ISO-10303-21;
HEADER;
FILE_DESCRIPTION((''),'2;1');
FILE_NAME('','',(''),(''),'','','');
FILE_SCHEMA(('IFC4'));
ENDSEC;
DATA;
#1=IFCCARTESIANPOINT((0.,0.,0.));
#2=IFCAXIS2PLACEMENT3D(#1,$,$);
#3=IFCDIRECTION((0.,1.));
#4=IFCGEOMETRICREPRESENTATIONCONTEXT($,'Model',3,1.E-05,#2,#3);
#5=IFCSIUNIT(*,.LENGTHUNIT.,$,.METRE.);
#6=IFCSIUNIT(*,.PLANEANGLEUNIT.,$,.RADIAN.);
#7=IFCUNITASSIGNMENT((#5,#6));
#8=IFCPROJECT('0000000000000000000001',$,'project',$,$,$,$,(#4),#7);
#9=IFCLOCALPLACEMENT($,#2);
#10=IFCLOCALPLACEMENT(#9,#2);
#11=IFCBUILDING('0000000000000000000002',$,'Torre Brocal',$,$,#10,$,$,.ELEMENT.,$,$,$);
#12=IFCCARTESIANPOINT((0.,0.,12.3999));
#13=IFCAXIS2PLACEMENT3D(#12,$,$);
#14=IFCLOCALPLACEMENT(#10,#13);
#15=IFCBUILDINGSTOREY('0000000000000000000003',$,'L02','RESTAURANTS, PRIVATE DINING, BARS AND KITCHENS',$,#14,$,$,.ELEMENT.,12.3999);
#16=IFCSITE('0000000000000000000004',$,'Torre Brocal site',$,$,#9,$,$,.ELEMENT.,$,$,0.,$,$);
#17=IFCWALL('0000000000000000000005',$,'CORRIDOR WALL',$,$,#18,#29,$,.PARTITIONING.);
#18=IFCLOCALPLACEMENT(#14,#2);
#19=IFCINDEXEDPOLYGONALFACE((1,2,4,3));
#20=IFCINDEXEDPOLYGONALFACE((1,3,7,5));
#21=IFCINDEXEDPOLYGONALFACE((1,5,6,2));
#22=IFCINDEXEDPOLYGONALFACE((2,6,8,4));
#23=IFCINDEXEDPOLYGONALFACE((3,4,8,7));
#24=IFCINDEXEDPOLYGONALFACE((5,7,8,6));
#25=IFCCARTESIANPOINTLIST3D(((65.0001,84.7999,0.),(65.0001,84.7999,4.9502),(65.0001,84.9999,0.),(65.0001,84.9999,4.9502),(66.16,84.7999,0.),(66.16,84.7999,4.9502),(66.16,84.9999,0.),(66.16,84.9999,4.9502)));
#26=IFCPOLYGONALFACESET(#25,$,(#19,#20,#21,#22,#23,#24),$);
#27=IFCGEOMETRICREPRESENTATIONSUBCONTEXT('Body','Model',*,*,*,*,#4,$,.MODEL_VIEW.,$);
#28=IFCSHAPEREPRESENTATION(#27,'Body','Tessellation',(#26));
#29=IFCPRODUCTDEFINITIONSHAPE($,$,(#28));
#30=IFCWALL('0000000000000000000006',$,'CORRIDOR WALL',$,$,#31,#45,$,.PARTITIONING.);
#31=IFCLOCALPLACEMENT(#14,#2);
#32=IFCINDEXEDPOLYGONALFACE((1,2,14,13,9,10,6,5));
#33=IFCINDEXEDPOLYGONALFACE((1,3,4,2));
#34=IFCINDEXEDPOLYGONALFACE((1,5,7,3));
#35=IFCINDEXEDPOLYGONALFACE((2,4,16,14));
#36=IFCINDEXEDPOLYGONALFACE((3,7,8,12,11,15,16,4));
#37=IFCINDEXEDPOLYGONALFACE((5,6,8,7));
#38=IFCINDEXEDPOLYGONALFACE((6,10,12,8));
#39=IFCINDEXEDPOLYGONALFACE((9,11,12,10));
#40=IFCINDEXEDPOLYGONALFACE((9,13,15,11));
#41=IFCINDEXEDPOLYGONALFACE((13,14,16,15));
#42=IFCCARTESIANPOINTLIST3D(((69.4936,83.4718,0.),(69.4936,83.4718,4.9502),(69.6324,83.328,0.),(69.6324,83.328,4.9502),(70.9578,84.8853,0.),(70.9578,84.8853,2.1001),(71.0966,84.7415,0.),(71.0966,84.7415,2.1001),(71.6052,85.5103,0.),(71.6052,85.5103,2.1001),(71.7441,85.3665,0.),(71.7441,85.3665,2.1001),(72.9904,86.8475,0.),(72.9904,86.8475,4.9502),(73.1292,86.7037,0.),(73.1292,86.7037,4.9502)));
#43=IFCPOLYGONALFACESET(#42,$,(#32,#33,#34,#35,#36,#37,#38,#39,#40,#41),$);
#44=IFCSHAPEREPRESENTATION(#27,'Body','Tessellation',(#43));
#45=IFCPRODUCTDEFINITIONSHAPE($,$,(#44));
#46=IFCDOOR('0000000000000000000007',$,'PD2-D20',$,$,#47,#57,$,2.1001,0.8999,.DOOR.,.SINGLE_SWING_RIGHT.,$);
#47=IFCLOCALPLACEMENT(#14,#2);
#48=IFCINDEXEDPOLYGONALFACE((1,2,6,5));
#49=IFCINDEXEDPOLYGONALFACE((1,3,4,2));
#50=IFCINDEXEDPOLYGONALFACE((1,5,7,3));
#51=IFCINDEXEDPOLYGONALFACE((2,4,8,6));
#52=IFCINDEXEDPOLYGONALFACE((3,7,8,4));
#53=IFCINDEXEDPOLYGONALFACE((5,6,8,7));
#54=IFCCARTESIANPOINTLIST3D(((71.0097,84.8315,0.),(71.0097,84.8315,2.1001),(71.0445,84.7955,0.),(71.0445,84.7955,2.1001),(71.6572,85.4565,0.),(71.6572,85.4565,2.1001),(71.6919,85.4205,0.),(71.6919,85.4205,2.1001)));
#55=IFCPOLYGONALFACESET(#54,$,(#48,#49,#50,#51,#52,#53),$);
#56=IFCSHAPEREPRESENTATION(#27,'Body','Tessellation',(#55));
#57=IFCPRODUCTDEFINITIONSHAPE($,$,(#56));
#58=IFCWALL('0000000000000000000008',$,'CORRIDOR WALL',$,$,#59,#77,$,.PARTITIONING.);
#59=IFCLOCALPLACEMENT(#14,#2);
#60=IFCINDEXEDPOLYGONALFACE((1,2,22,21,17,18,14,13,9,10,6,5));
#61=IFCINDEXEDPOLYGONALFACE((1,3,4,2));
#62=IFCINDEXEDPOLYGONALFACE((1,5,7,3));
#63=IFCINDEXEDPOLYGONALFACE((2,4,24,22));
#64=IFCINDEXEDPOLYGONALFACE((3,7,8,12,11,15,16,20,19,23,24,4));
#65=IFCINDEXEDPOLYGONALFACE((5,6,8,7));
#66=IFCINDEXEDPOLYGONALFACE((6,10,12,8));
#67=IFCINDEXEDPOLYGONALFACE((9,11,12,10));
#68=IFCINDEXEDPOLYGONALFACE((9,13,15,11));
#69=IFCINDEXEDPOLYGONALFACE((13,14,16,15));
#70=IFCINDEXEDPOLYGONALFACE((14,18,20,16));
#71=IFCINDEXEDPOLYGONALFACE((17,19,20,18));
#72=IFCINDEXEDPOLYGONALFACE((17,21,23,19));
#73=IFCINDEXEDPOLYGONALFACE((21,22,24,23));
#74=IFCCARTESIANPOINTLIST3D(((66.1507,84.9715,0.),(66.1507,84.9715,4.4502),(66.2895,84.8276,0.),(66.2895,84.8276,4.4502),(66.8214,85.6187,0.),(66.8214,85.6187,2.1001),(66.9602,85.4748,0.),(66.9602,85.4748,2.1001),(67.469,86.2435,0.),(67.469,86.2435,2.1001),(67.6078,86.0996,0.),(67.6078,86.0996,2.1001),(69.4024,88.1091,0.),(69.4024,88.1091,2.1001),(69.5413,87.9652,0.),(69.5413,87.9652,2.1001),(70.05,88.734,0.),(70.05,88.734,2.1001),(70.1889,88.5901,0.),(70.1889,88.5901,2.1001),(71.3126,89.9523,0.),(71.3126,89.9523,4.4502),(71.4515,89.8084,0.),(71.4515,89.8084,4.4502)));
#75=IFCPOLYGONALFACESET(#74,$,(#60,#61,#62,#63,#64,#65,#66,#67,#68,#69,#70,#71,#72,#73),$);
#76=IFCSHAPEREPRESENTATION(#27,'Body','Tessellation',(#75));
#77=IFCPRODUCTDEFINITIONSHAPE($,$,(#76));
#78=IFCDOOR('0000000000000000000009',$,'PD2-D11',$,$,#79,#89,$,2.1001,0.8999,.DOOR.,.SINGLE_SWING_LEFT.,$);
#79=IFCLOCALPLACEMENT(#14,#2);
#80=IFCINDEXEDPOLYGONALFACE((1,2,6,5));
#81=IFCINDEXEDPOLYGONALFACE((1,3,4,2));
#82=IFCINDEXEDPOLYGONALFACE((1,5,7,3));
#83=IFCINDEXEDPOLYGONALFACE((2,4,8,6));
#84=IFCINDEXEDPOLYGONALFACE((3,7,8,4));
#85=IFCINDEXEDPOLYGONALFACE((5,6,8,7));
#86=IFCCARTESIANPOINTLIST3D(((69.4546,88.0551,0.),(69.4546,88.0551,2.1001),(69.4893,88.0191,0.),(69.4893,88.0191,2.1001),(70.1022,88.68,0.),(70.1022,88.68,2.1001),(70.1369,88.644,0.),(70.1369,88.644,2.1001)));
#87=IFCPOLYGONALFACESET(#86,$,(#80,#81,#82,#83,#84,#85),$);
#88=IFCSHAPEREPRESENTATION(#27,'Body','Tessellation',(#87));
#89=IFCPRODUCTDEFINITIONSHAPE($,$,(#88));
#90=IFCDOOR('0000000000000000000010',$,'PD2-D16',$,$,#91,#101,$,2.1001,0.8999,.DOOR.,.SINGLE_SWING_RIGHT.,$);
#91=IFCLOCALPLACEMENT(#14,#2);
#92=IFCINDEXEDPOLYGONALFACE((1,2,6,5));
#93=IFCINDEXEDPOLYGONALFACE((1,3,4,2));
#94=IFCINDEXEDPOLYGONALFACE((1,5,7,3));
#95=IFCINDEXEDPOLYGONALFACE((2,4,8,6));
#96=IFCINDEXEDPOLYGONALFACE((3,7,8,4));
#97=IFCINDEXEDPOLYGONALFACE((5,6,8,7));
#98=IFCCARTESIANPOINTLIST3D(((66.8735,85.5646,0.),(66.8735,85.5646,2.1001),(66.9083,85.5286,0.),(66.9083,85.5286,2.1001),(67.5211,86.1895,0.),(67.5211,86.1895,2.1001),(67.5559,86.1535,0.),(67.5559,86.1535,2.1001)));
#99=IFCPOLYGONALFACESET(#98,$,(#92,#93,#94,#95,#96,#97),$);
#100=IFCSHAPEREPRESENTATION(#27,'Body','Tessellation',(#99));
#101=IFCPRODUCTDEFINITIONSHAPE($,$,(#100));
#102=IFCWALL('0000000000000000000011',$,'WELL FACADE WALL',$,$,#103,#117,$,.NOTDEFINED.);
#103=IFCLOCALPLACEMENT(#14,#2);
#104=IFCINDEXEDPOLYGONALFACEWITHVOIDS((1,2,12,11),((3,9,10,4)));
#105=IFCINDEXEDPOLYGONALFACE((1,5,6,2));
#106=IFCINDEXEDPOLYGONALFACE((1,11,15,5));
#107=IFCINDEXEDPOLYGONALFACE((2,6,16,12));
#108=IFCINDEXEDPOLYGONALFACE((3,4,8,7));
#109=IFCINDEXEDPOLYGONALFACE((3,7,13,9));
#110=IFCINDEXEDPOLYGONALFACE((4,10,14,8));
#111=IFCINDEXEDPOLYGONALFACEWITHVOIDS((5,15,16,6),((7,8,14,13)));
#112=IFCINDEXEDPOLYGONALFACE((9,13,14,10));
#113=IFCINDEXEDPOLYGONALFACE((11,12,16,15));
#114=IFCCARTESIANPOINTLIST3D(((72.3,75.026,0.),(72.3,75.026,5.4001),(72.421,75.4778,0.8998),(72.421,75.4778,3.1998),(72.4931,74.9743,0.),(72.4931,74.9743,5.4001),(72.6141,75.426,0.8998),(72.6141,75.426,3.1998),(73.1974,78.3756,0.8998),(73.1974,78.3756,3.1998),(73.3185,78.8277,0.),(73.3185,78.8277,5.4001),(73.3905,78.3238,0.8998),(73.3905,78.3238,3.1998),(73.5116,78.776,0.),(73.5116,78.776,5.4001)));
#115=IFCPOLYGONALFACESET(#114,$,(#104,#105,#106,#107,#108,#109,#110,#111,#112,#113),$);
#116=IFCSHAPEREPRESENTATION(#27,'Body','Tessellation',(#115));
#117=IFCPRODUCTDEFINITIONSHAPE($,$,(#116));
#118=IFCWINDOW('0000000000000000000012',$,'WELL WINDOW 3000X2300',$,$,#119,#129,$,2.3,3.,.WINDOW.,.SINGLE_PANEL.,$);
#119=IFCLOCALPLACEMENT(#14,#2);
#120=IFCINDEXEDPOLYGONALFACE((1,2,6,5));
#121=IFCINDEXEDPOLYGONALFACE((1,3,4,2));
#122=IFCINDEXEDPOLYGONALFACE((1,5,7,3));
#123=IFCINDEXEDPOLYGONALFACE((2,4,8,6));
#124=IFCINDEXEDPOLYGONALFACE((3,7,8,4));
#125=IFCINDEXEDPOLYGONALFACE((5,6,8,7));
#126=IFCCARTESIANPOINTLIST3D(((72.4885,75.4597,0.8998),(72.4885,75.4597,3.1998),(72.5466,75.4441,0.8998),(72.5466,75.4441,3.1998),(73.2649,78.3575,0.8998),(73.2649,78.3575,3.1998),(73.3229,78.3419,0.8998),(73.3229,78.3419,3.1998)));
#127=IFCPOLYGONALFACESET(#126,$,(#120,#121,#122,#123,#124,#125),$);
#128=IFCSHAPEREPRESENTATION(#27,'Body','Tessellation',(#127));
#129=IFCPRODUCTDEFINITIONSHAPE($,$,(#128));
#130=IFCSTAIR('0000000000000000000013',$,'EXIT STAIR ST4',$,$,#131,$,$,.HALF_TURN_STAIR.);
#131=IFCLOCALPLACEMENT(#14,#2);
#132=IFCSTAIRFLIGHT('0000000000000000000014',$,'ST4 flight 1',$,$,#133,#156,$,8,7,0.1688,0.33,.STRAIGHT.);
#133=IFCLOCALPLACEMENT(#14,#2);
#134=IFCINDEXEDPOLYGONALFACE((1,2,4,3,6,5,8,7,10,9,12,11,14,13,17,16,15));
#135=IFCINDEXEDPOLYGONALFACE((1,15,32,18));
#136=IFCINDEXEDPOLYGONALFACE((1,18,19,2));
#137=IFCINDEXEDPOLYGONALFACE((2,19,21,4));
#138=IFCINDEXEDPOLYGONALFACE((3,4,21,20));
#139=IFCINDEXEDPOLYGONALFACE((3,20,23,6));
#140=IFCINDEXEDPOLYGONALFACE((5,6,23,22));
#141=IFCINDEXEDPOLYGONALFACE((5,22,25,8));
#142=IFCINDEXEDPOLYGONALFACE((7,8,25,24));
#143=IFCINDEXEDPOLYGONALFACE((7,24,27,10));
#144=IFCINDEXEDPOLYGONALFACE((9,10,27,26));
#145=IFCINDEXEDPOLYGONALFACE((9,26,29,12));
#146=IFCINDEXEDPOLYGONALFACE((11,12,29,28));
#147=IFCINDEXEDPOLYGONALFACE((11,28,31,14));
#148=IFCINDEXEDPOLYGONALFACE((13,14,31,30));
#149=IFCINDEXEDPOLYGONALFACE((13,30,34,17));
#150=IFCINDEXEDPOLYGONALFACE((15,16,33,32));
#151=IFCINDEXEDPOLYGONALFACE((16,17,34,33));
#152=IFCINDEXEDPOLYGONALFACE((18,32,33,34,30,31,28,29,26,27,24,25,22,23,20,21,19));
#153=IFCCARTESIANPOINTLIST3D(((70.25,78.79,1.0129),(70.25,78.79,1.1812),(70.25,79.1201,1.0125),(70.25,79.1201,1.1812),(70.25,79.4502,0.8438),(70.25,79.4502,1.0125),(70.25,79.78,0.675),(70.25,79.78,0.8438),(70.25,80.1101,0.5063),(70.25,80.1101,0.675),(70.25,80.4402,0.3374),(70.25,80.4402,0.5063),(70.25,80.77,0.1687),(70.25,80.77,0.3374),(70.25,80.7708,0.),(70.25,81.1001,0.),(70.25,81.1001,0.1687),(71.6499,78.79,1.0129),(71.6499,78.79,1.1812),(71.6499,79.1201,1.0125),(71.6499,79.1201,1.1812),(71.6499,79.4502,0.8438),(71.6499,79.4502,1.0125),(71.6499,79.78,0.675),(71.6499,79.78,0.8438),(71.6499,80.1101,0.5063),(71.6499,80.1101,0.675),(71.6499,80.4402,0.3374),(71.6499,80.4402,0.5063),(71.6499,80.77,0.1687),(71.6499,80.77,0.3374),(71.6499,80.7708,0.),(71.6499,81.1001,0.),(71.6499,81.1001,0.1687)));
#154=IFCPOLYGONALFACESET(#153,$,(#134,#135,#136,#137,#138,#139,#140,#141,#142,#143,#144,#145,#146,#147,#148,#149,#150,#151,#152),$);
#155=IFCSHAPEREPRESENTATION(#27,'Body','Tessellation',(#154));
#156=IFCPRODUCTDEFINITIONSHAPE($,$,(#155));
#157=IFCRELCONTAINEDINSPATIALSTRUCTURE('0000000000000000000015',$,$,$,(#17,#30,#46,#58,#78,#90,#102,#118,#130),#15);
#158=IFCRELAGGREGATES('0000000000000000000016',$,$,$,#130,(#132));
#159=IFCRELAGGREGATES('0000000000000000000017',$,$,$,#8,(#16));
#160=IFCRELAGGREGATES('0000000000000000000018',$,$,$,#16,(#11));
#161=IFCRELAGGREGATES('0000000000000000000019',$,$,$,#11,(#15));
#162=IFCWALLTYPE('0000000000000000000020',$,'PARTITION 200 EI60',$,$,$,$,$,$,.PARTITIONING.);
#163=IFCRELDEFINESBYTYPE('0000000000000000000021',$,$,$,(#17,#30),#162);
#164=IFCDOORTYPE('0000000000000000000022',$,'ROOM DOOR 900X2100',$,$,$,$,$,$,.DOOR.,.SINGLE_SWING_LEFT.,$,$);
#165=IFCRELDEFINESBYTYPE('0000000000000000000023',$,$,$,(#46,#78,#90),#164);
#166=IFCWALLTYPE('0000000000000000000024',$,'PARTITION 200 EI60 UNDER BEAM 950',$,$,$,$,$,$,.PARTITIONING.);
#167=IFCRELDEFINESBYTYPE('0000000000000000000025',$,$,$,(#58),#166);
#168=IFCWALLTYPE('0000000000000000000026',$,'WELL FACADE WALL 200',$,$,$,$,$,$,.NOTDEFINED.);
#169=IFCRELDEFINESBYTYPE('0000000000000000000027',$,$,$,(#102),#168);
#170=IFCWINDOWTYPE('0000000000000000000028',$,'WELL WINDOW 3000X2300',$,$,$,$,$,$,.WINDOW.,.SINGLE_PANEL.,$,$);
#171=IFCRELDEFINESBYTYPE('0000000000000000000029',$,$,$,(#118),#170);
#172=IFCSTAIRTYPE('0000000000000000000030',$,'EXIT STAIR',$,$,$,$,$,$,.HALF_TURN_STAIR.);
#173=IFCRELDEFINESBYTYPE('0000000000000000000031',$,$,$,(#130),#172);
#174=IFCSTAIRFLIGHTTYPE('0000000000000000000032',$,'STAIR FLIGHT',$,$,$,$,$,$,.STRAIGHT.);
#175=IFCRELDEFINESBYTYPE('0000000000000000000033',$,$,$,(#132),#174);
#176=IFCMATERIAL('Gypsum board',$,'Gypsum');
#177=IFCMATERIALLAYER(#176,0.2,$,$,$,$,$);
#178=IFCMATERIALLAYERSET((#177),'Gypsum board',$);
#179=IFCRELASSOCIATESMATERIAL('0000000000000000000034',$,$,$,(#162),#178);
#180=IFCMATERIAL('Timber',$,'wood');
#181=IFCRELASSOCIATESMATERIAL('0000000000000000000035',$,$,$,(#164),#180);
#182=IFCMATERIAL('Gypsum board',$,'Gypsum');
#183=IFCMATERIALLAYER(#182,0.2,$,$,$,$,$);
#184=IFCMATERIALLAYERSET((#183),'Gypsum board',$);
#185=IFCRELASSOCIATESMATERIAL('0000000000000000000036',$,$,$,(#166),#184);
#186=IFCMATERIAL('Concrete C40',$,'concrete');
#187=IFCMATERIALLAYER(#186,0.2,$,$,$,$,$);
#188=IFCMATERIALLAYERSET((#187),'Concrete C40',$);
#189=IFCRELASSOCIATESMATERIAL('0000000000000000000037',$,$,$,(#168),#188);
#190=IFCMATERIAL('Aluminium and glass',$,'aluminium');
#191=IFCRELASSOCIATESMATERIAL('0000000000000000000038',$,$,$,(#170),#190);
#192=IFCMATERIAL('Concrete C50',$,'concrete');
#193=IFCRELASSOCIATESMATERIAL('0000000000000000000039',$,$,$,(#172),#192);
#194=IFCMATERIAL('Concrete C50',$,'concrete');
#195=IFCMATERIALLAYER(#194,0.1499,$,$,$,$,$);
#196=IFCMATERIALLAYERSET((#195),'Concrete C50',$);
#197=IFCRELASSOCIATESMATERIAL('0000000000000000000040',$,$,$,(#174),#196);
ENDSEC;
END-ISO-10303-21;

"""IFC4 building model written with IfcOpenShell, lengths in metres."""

from ifc_helpers import new_model, si_unit, direction, frame, frame_2d, origin, place, context, subcontext, project, spatial, polyline, rectangle, outline, extrude, material, layer, layer_set, type_object, element, fill, aggregate, save


model = new_model("IFC4")

# Units and contexts
model_context = context("Model", 3, precision=1e-05, world=origin(), true_north=direction((0.0, 1.0)))
body_context = subcontext(model_context, "Body", "Model", "MODEL_VIEW")
ifc_project = project(units=[si_unit("LENGTHUNIT", "METRE"), si_unit("PLANEANGLEUNIT", "RADIAN")], contexts=[model_context])

# Site, building, storey
site_placement = place(None, origin())
site = spatial("IfcSite", under=ifc_project, at=site_placement, Name="Torre Brocal site", CompositionType="ELEMENT", RefElevation=0.0)
building_placement = place(site_placement, origin())
building = spatial("IfcBuilding", under=site, at=building_placement, Name="Torre Brocal", CompositionType="ELEMENT")
storey_placement = place(building_placement, frame((0.0, 0.0, 12.3999)))
storey = spatial("IfcBuildingStorey", under=building, at=storey_placement, Name="L02", Description="RESTAURANTS, PRIVATE DINING, BARS AND KITCHENS", CompositionType="ELEMENT", Elevation=12.3999)

# Wall
ifc_material_1 = material(Name="Gypsum board", Category="Gypsum")
ifc_layer_1 = layer(ifc_material_1, 0.2)
ifc_layer_set_1 = layer_set([ifc_layer_1], Name="Gypsum board")
wall_type_1 = type_object("IfcWallType", Name="PARTITION 200 EI60", PredefinedType="PARTITIONING", material=ifc_layer_set_1)
wall_1_placement = place(storey_placement, frame((65.0, 84.8999, 0.0), z_axis=(0.0, 0.0, 1.0), x_axis=(1.0, 0.0, 0.0)))
element("IfcWall", 1, at=wall_1_placement, inside=storey, type_object=wall_type_1, Name="CORRIDOR WALL", PredefinedType="PARTITIONING", context=body_context, shape_type="SweptSolid", body=[
    extrude(rectangle(XDim=1.1599, YDim=0.2, at=frame_2d((0.5801, 0.0))), origin(), (0.0, 0.0, 1.0), 4.9502),
])

# Wall, opening, door
wall_2_placement = place(storey_placement, frame((69.563, 83.3999, 0.0), z_axis=(0.0, 0.0, 1.0), x_axis=(0.719454, 0.69454, 0.0)))
wall_2 = element("IfcWall", 2, at=wall_2_placement, inside=storey, type_object=wall_type_1, Name="CORRIDOR WALL", PredefinedType="PARTITIONING", context=body_context, shape_type="SweptSolid", body=[
    extrude(rectangle(XDim=4.8604, YDim=0.2, at=frame_2d((2.4302, 0.0))), origin(), (0.0, 0.0, 1.0), 4.9502),
])
opening_1_placement = place(wall_2_placement, frame((2.0352, 0.0, 0.0)))
opening_1 = element("IfcOpeningElement", 3, at=opening_1_placement, cuts=wall_2, PredefinedType="OPENING", context=body_context, shape_type="SweptSolid", body=[
    extrude(rectangle(XDim=0.8999, YDim=2.1001, at=frame_2d((0.45, 1.05))), frame((0.0, 0.1099, 0.0), z_axis=(0.0, -1.0, 0.0), x_axis=(1.0, 0.0, 0.0)), (0.0, 0.0, 1.0), 0.22),
])
ifc_material_2 = material(Name="Timber", Category="wood")
door_type_1 = type_object("IfcDoorType", Name="ROOM DOOR 900X2100", OperationType="SINGLE_SWING_LEFT", PredefinedType="DOOR", material=ifc_material_2)
door_1_placement = place(opening_1_placement, frame((0.8999, 0.0, 0.0), z_axis=(0.0, 0.0, 1.0), x_axis=(-1.0, 0.0, 0.0)))
door_1 = element("IfcDoor", 4, at=door_1_placement, inside=storey, type_object=door_type_1, Name="PD2-D20", OperationType="SINGLE_SWING_RIGHT", OverallHeight=2.1001, OverallWidth=0.8999, PredefinedType="DOOR", context=body_context, shape_type="SweptSolid", body=[
    extrude(rectangle(XDim=0.8999, YDim=2.1001, at=frame_2d((0.45, 1.05))), frame((0.0, 0.0249, 0.0), z_axis=(0.0, -1.0, 0.0), x_axis=(1.0, 0.0, 0.0)), (0.0, 0.0, 1.0), 0.05),
])
fill(opening_1, door_1)

# Wall, openings, doors
ifc_material_3 = material(Name="Gypsum board", Category="Gypsum")
ifc_layer_2 = layer(ifc_material_3, 0.2)
ifc_layer_set_2 = layer_set([ifc_layer_2], Name="Gypsum board")
wall_type_2 = type_object("IfcWallType", Name="PARTITION 200 EI60 UNDER BEAM 950", PredefinedType="PARTITIONING", material=ifc_layer_set_2)
wall_3_placement = place(storey_placement, frame((66.2202, 84.8997, 0.0), z_axis=(0.0, 0.0, 1.0), x_axis=(0.719621, 0.694367, 0.0)))
wall_3 = element("IfcWall", 5, at=wall_3_placement, inside=storey, type_object=wall_type_2, Name="CORRIDOR WALL", PredefinedType="PARTITIONING", context=body_context, shape_type="SweptSolid", body=[
    extrude(rectangle(XDim=7.1731, YDim=0.2, at=frame_2d((3.5864, 0.0))), origin(), (0.0, 0.0, 1.0), 4.4502),
])
opening_2_placement = place(wall_3_placement, frame((4.5186, 0.0, 0.0)))
opening_2 = element("IfcOpeningElement", 6, at=opening_2_placement, cuts=wall_3, PredefinedType="OPENING", context=body_context, shape_type="SweptSolid", body=[
    extrude(rectangle(XDim=0.8999, YDim=2.1001, at=frame_2d((0.45, 1.05))), frame((0.0, 0.1099, 0.0), z_axis=(0.0, -1.0, 0.0), x_axis=(1.0, 0.0, 0.0)), (0.0, 0.0, 1.0), 0.22),
])
opening_3_placement = place(wall_3_placement, frame((0.9319, 0.0, 0.0)))
opening_3 = element("IfcOpeningElement", 7, at=opening_3_placement, cuts=wall_3, PredefinedType="OPENING", context=body_context, shape_type="SweptSolid", body=[
    extrude(rectangle(XDim=0.8999, YDim=2.1001, at=frame_2d((0.45, 1.05))), frame((0.0, 0.1099, 0.0), z_axis=(0.0, -1.0, 0.0), x_axis=(1.0, 0.0, 0.0)), (0.0, 0.0, 1.0), 0.22),
])
door_2_placement = place(opening_2_placement, origin())
door_2 = element("IfcDoor", 8, at=door_2_placement, inside=storey, type_object=door_type_1, Name="PD2-D11", OperationType="SINGLE_SWING_LEFT", OverallHeight=2.1001, OverallWidth=0.8999, PredefinedType="DOOR", context=body_context, shape_type="SweptSolid", body=[
    extrude(rectangle(XDim=0.8999, YDim=2.1001, at=frame_2d((0.45, 1.05))), frame((0.0, 0.0249, 0.0), z_axis=(0.0, -1.0, 0.0), x_axis=(1.0, 0.0, 0.0)), (0.0, 0.0, 1.0), 0.05),
])
fill(opening_2, door_2)
door_3_placement = place(opening_3_placement, origin())
door_3 = element("IfcDoor", 9, at=door_3_placement, inside=storey, type_object=door_type_1, Name="PD2-D16", OperationType="SINGLE_SWING_RIGHT", OverallHeight=2.1001, OverallWidth=0.8999, PredefinedType="DOOR", context=body_context, shape_type="SweptSolid", body=[
    extrude(rectangle(XDim=0.8999, YDim=2.1001, at=frame_2d((0.45, 1.05))), frame((0.0, 0.0249, 0.0), z_axis=(0.0, -1.0, 0.0), x_axis=(1.0, 0.0, 0.0)), (0.0, 0.0, 1.0), 0.05),
])
fill(opening_3, door_3)

# Wall, opening, window
ifc_material_4 = material(Name="Concrete C40", Category="concrete")
ifc_layer_3 = layer(ifc_material_4, 0.2)
ifc_layer_set_3 = layer_set([ifc_layer_3], Name="Concrete C40")
wall_type_3 = type_object("IfcWallType", Name="WELL FACADE WALL 200", PredefinedType="NOTDEFINED", material=ifc_layer_set_3)
wall_4_placement = place(storey_placement, frame((73.415, 78.8018, 0.0), z_axis=(0.0, 0.0, 1.0), x_axis=(-0.25879, -0.965934, 0.0)))
wall_4 = element("IfcWall", 10, at=wall_4_placement, inside=storey, type_object=wall_type_3, Name="WELL FACADE WALL", PredefinedType="NOTDEFINED", context=body_context, shape_type="SweptSolid", body=[
    extrude(rectangle(XDim=3.9358, YDim=0.2, at=frame_2d((1.9678, 0.0))), origin(), (0.0, 0.0, 1.0), 5.4001),
])
opening_4_placement = place(wall_4_placement, frame((0.468, 0.0, 0.8999)))
opening_4 = element("IfcOpeningElement", 11, at=opening_4_placement, cuts=wall_4, PredefinedType="OPENING", context=body_context, shape_type="SweptSolid", body=[
    extrude(rectangle(XDim=3.0, YDim=2.3, at=frame_2d((1.5, 1.1499))), frame((0.0, 0.1099, 0.0), z_axis=(0.0, -1.0, 0.0), x_axis=(1.0, 0.0, 0.0)), (0.0, 0.0, 1.0), 0.22),
])
ifc_material_5 = material(Name="Aluminium and glass", Category="aluminium")
window_type = type_object("IfcWindowType", Name="WELL WINDOW 3000X2300", PartitioningType="SINGLE_PANEL", PredefinedType="WINDOW", material=ifc_material_5)
window_placement = place(opening_4_placement, origin())
window = element("IfcWindow", 12, at=window_placement, inside=storey, type_object=window_type, Name="WELL WINDOW 3000X2300", OverallHeight=2.3, OverallWidth=3.0, PartitioningType="SINGLE_PANEL", PredefinedType="WINDOW", context=body_context, shape_type="SweptSolid", body=[
    extrude(rectangle(XDim=3.0, YDim=2.3, at=frame_2d((1.5, 1.1499))), frame((0.0, 0.03, 0.0), z_axis=(0.0, -1.0, 0.0), x_axis=(1.0, 0.0, 0.0)), (0.0, 0.0, 1.0), 0.0601),
])
fill(opening_4, window)

# Stair, stair flight
ifc_material_6 = material(Name="Concrete C50", Category="concrete")
stair_type = type_object("IfcStairType", Name="EXIT STAIR", PredefinedType="HALF_TURN_STAIR", material=ifc_material_6)
stair_placement = place(storey_placement, origin())
stair = element("IfcStair", 13, at=stair_placement, inside=storey, type_object=stair_type, Name="EXIT STAIR ST4", PredefinedType="HALF_TURN_STAIR")
ifc_material_7 = material(Name="Concrete C50", Category="concrete")
ifc_layer_4 = layer(ifc_material_7, 0.1499)
ifc_layer_set_4 = layer_set([ifc_layer_4], Name="Concrete C50")
stair_flight_type = type_object("IfcStairFlightType", Name="STAIR FLIGHT", PredefinedType="STRAIGHT", material=ifc_layer_set_4)
stair_flight_1_placement = place(storey_placement, frame((70.95, 81.1001, 0.0), z_axis=(0.0, 0.0, 1.0), x_axis=(0.0, -1.0, 0.0)))
stair_flight_1 = element("IfcStairFlight", 14, at=stair_flight_1_placement, type_object=stair_flight_type, Name="ST4 flight 1", NumberOfRisers=8, NumberOfTreads=7, PredefinedType="STRAIGHT", RiserHeight=0.1688, TreadLength=0.33, context=body_context, shape_type="SweptSolid", body=[
    extrude(outline(polyline([(0.0, 0.0), (0.0, 0.1687), (0.3301, 0.1687), (0.3301, 0.3374), (0.6599, 0.3374), (0.6599, 0.5063), (0.99, 0.5063), (0.99, 0.675), (1.3201, 0.675), (1.3201, 0.8438), (1.6499, 0.8438), (1.6499, 1.0125), (1.98, 1.0125), (1.98, 1.1812), (2.3101, 1.1812), (2.3101, 1.3501), (2.3101, 1.0129), (0.3293, 0.0), (0.0, 0.0)])), frame((0.0, 0.7, 0.0), z_axis=(0.0, -1.0, 0.0), x_axis=(1.0, 0.0, 0.0)), (0.0, 0.0, 1.0), 1.3999),
])
aggregate(stair, [stair_flight_1])

save(model, "model.ifc")
